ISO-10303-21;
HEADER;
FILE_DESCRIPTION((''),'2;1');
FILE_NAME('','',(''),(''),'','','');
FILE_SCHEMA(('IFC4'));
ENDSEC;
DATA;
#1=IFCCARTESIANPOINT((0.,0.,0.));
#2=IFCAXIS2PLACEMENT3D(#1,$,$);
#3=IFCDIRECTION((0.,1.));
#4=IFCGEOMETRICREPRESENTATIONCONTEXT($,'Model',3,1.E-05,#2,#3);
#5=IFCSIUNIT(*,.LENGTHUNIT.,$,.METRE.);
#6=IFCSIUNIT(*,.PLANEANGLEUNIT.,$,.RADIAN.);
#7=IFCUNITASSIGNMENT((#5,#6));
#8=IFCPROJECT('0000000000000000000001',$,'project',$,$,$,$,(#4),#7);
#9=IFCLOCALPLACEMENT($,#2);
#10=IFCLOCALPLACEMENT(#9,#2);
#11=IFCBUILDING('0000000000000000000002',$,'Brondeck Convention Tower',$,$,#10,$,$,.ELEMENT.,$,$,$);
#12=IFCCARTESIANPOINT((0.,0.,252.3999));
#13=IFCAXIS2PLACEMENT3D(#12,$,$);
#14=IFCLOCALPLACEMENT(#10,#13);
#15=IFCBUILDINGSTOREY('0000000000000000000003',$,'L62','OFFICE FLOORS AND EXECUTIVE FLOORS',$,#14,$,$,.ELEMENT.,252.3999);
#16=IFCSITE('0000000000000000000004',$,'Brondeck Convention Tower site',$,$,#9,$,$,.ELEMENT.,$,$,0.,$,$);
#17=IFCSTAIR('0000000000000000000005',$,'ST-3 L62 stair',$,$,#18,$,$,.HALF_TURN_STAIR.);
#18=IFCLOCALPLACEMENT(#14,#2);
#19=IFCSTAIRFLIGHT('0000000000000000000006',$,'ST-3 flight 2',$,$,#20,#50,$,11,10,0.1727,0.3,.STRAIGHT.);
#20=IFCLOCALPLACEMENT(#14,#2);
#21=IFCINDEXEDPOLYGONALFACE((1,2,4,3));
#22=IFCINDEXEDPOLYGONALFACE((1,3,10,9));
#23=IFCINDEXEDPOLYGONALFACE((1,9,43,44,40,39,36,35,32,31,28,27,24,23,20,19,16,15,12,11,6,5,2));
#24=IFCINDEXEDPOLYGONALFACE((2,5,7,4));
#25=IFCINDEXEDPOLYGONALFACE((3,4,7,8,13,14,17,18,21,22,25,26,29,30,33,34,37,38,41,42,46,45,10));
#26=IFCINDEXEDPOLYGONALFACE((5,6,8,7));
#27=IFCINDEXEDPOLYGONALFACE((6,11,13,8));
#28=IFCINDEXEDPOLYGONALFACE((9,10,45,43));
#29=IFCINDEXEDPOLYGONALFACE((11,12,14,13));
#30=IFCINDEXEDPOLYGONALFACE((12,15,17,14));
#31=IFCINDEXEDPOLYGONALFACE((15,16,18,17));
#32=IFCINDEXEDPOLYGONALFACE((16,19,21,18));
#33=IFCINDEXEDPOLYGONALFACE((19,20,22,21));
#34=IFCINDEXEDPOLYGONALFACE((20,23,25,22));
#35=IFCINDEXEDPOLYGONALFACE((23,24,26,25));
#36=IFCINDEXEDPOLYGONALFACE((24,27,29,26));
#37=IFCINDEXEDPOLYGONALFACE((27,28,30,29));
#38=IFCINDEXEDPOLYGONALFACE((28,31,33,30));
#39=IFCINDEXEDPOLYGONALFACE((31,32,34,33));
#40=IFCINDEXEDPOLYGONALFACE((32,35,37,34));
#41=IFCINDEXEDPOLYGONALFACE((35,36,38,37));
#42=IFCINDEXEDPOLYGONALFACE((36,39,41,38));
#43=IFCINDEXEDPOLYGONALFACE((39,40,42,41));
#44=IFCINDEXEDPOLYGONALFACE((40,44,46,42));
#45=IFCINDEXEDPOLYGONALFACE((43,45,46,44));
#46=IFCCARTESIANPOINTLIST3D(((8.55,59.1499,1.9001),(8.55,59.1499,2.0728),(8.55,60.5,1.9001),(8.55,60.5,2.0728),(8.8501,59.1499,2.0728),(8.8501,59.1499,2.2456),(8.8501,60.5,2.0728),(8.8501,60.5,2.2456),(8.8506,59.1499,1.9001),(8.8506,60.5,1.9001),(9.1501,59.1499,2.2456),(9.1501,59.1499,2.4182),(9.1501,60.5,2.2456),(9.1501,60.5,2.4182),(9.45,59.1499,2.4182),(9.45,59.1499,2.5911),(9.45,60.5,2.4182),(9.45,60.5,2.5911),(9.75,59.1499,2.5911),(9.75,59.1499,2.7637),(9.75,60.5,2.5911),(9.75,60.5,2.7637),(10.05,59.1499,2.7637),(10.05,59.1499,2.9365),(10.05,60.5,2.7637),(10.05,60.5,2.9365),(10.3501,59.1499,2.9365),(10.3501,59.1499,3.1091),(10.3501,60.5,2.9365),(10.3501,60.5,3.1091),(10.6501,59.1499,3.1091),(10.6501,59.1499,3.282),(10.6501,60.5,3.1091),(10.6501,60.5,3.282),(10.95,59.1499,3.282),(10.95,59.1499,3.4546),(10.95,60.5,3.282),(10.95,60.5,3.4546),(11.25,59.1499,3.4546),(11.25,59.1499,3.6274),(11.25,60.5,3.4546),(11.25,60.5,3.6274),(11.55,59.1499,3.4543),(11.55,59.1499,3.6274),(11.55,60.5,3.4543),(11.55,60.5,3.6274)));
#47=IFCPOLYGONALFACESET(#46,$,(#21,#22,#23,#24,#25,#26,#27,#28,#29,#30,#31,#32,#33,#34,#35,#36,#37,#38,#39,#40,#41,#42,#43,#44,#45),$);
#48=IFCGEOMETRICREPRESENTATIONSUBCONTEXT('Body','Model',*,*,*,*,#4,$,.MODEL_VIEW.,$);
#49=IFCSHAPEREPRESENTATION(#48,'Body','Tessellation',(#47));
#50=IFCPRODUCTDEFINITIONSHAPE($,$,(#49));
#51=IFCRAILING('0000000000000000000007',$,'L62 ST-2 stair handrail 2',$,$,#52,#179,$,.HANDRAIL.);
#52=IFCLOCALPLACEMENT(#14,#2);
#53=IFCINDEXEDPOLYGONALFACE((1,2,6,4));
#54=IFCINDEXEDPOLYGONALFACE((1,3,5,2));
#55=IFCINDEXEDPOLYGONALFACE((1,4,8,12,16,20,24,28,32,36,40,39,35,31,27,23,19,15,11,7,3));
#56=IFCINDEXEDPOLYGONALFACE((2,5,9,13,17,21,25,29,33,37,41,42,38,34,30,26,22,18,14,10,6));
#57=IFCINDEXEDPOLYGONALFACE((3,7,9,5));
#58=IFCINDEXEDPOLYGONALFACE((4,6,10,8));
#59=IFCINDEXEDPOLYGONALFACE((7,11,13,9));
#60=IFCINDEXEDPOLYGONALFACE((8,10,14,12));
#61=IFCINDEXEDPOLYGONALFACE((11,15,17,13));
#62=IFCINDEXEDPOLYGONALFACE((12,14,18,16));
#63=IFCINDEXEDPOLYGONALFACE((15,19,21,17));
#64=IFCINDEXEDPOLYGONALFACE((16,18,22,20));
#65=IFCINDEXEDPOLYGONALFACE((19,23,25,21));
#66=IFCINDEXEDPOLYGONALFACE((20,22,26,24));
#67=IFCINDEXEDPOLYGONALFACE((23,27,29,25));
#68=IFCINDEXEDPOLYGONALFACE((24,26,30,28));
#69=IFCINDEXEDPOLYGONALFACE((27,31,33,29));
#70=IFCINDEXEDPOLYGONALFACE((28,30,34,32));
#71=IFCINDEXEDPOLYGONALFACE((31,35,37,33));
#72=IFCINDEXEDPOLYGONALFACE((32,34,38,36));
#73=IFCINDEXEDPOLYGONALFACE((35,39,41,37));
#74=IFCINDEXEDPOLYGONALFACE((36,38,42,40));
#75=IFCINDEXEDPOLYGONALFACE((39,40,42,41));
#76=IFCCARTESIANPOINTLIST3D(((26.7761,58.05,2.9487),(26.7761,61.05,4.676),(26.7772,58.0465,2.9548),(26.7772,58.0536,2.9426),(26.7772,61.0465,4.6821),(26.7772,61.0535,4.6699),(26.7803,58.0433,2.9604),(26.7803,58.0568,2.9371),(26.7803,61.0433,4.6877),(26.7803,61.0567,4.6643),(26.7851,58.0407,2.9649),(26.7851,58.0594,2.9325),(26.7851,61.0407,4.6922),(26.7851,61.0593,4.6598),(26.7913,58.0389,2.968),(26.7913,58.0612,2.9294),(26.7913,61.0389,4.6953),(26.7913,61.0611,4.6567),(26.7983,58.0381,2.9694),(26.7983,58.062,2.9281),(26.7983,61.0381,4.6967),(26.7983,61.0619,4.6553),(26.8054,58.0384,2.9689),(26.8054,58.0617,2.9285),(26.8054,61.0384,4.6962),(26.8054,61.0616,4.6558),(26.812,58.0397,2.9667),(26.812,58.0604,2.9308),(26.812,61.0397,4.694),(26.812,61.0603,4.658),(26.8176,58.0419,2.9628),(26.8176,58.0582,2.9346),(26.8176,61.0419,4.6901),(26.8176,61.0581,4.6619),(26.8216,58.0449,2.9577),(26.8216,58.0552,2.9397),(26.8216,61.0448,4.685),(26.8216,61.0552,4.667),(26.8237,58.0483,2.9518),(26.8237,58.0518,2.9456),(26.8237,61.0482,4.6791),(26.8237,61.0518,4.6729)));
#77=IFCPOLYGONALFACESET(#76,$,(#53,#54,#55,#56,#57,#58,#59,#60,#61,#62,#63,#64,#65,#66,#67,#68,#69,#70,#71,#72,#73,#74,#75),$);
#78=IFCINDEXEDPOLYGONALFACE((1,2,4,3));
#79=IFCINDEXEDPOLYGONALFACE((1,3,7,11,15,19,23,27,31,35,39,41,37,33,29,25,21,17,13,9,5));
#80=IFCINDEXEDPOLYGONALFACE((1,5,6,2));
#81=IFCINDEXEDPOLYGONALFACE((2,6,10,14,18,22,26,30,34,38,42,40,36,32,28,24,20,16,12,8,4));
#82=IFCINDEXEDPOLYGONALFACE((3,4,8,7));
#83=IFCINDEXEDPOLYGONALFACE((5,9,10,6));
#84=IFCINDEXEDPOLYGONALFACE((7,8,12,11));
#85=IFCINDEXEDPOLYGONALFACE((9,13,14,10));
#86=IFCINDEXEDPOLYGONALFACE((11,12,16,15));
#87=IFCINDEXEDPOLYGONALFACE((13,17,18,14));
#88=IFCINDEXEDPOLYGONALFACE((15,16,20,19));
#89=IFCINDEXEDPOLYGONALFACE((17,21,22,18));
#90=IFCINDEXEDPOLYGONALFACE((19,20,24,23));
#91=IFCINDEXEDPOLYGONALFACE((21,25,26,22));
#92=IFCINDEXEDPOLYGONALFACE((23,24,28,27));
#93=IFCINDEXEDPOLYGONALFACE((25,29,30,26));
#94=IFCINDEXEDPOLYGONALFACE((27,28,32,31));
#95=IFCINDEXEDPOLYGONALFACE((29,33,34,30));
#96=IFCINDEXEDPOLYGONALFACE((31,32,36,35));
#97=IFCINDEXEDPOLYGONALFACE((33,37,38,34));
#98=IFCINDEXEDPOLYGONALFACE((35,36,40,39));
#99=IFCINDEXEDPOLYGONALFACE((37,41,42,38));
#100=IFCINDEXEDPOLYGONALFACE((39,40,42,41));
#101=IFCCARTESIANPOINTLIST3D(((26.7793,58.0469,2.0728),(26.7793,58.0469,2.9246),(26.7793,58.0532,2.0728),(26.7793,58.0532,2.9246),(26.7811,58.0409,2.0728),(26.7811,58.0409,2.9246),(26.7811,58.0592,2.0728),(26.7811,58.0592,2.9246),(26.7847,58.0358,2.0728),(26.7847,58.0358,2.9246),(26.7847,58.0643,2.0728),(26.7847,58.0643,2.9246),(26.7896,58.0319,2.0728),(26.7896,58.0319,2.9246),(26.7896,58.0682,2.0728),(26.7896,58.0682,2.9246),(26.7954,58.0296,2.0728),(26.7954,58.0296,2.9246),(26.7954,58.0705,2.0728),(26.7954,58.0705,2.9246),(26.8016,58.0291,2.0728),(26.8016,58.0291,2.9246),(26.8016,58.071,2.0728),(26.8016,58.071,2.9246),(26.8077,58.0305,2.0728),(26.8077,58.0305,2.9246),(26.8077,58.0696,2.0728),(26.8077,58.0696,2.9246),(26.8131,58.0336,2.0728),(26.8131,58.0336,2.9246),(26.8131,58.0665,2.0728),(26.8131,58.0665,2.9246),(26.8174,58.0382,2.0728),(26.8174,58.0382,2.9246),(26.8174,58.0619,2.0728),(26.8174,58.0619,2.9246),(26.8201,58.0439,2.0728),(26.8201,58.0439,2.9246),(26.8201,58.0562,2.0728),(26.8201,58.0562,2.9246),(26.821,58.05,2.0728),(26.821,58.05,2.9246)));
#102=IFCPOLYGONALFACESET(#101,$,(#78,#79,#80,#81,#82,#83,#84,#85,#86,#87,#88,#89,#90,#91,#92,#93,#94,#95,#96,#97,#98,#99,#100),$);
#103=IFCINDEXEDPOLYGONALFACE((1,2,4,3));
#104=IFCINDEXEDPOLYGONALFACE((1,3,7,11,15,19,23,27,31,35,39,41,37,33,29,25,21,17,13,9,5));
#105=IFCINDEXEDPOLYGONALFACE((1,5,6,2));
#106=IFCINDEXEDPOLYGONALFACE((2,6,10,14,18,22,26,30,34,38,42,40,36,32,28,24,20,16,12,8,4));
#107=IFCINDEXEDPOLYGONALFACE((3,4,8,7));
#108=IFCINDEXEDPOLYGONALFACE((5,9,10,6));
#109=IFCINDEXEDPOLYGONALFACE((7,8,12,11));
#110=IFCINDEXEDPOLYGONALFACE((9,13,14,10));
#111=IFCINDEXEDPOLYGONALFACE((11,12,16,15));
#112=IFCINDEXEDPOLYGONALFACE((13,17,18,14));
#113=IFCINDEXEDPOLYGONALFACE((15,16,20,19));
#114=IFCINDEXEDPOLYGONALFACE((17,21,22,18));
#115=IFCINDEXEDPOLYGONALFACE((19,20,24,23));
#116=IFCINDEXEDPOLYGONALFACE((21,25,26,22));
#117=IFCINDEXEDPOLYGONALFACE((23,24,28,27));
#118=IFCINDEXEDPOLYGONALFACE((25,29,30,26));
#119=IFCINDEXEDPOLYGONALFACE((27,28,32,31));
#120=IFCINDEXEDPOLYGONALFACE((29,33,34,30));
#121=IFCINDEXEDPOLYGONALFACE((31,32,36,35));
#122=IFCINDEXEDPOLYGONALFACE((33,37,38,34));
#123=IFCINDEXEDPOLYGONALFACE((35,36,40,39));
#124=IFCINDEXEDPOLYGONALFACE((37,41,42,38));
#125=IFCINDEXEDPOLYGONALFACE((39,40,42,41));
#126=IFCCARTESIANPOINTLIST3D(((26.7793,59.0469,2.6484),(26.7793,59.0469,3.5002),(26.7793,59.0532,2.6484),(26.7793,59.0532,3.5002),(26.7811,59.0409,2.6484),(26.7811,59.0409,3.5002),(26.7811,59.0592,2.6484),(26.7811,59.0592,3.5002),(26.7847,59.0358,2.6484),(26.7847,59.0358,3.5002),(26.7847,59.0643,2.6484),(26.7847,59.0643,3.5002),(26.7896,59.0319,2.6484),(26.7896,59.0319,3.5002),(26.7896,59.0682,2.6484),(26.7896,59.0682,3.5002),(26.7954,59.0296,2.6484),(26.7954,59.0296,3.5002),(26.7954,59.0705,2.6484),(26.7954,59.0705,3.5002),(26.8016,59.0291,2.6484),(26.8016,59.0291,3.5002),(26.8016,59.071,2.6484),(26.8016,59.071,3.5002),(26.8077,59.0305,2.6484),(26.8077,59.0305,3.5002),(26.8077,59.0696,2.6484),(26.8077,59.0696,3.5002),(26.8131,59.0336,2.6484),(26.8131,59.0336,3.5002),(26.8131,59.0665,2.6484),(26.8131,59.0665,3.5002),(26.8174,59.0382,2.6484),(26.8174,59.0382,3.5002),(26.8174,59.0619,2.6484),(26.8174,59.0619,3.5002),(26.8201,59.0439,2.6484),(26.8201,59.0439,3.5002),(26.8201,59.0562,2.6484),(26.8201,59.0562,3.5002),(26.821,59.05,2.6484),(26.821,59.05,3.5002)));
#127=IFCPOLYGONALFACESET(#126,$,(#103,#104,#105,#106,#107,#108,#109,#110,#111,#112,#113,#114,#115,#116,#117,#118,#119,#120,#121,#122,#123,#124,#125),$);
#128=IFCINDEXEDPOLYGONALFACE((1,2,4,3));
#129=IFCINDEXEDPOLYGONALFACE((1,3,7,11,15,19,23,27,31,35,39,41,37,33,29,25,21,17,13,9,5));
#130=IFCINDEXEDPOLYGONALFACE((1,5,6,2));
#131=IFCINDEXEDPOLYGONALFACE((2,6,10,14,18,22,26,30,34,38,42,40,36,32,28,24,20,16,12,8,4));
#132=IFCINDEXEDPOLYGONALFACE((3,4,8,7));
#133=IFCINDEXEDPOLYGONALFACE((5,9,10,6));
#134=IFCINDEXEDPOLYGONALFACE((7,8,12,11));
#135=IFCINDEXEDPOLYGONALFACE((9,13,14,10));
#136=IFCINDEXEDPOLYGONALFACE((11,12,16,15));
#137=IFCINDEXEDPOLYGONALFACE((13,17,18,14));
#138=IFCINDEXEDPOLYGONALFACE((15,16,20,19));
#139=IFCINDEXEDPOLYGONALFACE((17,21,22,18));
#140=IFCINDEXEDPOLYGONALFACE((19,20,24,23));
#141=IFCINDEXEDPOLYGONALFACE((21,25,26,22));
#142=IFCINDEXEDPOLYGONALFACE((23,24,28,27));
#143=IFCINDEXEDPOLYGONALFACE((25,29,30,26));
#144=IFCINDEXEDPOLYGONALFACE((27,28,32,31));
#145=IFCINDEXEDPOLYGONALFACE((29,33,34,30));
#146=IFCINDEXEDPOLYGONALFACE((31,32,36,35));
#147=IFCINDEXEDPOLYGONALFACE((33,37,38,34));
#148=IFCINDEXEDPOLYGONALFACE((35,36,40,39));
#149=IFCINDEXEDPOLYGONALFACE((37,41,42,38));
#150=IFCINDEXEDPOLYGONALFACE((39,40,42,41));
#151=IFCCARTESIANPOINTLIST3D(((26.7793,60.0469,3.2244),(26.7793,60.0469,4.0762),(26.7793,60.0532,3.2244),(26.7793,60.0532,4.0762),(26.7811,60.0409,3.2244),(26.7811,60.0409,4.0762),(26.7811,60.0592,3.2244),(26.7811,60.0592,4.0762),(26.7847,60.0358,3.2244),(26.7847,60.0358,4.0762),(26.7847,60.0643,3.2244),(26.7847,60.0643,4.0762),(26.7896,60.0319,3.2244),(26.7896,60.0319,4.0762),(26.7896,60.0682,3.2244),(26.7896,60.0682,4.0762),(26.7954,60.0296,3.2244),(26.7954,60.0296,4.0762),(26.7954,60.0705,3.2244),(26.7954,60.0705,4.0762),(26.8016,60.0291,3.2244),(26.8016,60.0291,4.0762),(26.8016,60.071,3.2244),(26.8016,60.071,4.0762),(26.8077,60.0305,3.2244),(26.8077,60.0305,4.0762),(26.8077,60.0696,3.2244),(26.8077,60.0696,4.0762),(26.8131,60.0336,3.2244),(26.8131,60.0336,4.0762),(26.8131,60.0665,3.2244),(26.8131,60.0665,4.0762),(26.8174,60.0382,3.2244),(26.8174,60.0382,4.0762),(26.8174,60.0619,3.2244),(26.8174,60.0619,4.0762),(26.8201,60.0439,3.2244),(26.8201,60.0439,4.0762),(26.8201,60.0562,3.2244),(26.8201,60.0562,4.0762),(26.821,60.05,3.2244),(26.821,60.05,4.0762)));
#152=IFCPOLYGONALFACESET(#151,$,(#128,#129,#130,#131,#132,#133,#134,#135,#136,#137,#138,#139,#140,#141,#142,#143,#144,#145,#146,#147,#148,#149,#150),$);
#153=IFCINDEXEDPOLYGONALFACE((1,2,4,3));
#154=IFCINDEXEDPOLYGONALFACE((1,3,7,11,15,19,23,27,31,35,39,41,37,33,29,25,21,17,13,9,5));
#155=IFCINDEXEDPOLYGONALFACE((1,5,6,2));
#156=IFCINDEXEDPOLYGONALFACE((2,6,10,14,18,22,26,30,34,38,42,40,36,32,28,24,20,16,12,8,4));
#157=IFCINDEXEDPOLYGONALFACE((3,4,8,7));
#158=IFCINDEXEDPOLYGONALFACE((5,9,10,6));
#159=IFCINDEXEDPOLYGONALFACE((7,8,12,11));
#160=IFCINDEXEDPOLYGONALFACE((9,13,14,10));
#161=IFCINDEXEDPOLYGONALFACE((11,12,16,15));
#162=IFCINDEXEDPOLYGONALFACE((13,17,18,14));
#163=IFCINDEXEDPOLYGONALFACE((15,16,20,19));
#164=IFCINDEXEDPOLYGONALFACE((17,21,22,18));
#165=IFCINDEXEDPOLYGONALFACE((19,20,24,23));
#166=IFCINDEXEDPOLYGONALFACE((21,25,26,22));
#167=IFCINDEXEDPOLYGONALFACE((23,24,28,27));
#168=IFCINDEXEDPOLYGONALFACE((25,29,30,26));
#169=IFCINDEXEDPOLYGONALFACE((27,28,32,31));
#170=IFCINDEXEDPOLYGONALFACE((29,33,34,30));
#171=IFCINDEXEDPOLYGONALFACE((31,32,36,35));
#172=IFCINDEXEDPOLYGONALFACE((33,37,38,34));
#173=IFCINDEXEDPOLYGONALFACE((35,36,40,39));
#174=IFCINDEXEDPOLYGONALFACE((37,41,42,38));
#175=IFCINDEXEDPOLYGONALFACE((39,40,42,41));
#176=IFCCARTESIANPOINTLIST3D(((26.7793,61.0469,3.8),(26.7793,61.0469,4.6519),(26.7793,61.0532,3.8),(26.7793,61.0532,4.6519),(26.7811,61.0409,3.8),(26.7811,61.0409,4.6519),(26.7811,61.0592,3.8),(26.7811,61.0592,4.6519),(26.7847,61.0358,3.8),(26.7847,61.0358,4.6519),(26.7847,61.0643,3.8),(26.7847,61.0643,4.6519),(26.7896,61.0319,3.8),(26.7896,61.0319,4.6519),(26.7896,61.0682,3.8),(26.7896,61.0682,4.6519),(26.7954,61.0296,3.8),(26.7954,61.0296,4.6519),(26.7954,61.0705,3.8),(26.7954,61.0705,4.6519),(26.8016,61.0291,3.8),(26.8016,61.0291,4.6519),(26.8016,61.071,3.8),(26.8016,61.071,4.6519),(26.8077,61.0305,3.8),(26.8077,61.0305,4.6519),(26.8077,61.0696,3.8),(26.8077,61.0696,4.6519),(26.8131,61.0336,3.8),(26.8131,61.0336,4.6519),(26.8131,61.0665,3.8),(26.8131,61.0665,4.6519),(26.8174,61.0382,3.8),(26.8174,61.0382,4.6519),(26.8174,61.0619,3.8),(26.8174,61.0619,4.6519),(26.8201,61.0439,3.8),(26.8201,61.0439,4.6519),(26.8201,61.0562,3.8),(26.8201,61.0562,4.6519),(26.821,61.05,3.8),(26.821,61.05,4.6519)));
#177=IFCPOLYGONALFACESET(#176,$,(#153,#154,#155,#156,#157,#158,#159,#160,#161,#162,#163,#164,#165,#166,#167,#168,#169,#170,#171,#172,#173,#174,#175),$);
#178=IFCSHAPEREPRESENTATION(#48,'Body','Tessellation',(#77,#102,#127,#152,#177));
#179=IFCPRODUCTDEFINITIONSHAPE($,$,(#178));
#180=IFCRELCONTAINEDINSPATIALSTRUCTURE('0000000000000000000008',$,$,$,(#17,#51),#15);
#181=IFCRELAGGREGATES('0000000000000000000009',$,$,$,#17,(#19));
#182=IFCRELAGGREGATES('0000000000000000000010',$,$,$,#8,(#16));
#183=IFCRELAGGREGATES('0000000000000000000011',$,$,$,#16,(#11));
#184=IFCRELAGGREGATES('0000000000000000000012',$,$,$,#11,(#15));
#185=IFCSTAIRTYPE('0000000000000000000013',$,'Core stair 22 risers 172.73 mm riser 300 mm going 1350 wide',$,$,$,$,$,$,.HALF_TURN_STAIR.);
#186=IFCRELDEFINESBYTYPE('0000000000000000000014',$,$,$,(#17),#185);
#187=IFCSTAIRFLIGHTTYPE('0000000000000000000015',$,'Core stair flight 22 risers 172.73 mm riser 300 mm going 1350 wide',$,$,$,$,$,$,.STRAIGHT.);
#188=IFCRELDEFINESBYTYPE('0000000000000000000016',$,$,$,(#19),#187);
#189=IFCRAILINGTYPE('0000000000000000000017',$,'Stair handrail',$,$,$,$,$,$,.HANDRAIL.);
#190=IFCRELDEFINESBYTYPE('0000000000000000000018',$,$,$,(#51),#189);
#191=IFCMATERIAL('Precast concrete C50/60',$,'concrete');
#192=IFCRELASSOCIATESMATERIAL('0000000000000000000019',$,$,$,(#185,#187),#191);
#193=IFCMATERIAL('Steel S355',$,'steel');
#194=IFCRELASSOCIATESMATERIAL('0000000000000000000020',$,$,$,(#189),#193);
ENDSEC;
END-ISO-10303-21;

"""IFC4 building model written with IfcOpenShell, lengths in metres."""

from ifc_helpers import new_model, si_unit, direction, frame, origin, origin_2d, place, context, subcontext, project, spatial, polyline, circle, outline, extrude, material, type_object, element, aggregate, save


model = new_model("IFC4")

# Units and contexts
model_context = context("Model", 3, precision=1e-05, world=origin(), true_north=direction((0.0, 1.0)))
body_context = subcontext(model_context, "Body", "Model", "MODEL_VIEW")
ifc_project = project(units=[si_unit("LENGTHUNIT", "METRE"), si_unit("PLANEANGLEUNIT", "RADIAN")], contexts=[model_context])

# Site, building, storey
site_placement = place(None, origin())
site = spatial("IfcSite", under=ifc_project, at=site_placement, Name="Brondeck Convention Tower site", CompositionType="ELEMENT", RefElevation=0.0)
building_placement = place(site_placement, origin())
building = spatial("IfcBuilding", under=site, at=building_placement, Name="Brondeck Convention Tower", CompositionType="ELEMENT")
storey_placement = place(building_placement, frame((0.0, 0.0, 252.3999)))
storey = spatial("IfcBuildingStorey", under=building, at=storey_placement, Name="L62", Description="OFFICE FLOORS AND EXECUTIVE FLOORS", CompositionType="ELEMENT", Elevation=252.3999)

# Stair, stair flight
ifc_material_1 = material(Name="Precast concrete C50/60", Category="concrete")
stair_type = type_object("IfcStairType", Name="Core stair 22 risers 172.73 mm riser 300 mm going 1350 wide", PredefinedType="HALF_TURN_STAIR", material=ifc_material_1)
stair_flight_type = type_object("IfcStairFlightType", Name="Core stair flight 22 risers 172.73 mm riser 300 mm going 1350 wide", PredefinedType="STRAIGHT", material=ifc_material_1)
stair_1_placement = place(storey_placement, origin())
stair_1 = element("IfcStair", 1, at=stair_1_placement, inside=storey, type_object=stair_type, Name="ST-3 L62 stair", PredefinedType="HALF_TURN_STAIR")
stair_flight_1_placement = place(storey_placement, frame((8.55, 59.825, 1.9001), z_axis=(0.0, 0.0, 1.0), x_axis=(1.0, 0.0, 0.0)))
stair_flight_1 = element("IfcStairFlight", 2, at=stair_flight_1_placement, type_object=stair_flight_type, Name="ST-3 flight 2", NumberOfRisers=11, NumberOfTreads=10, PredefinedType="STRAIGHT", RiserHeight=0.1727, TreadLength=0.3, context=body_context, shape_type="SweptSolid", body=[
    extrude(outline(polyline([(0.0, 0.0), (0.0, 0.1726), (0.3, 0.1726), (0.3, 0.3455), (0.6001, 0.3455), (0.6001, 0.5181), (0.8999, 0.5181), (0.8999, 0.6909), (1.2, 0.6909), (1.2, 0.8635), (1.5, 0.8635), (1.5, 1.0364), (1.8, 1.0364), (1.8, 1.209), (2.1001, 1.209), (2.1001, 1.3818), (2.3999, 1.3818), (2.3999, 1.5544), (2.7, 1.5544), (2.7, 1.7273), (3.0, 1.7273), (3.0, 1.8999), (3.0, 1.5542), (0.3005, 0.0), (0.0, 0.0)])), frame((0.0, 0.675, 0.0), z_axis=(0.0, -1.0, 0.0), x_axis=(1.0, 0.0, 0.0)), (0.0, 0.0, 1.0), 1.3501),
])
aggregate(stair_1, [stair_flight_1])

# Railing
ifc_material_2 = material(Name="Steel S355", Category="steel")
railing_type = type_object("IfcRailingType", Name="Stair handrail", PredefinedType="HANDRAIL", material=ifc_material_2)
railing_1_placement = place(storey_placement, frame((26.8, 58.05, 2.0728)))
element("IfcRailing", 3, at=railing_1_placement, inside=storey, type_object=railing_type, Name="L62 ST-2 stair handrail 2", PredefinedType="HANDRAIL", context=body_context, shape_type="SweptSolid", body=[
    extrude(circle(Radius=0.0239, at=origin_2d()), frame((0.0, 0.0, 0.876), z_axis=(0.0, 0.86662, 0.498969), x_axis=(-1.0, 0.0, 0.0)), (0.0, 0.0, 1.0), 3.4617),
    extrude(circle(Radius=0.021, at=origin_2d()), origin(), (0.0, 0.0, 1.0), 0.8518),
    extrude(circle(Radius=0.021, at=origin_2d()), frame((0.0, 1.0, 0.5757)), (0.0, 0.0, 1.0), 0.8518),
    extrude(circle(Radius=0.021, at=origin_2d()), frame((0.0, 2.0, 1.1516)), (0.0, 0.0, 1.0), 0.8518),
    extrude(circle(Radius=0.021, at=origin_2d()), frame((0.0, 3.0, 1.7273)), (0.0, 0.0, 1.0), 0.8518),
])

save(model, "model.ifc")
